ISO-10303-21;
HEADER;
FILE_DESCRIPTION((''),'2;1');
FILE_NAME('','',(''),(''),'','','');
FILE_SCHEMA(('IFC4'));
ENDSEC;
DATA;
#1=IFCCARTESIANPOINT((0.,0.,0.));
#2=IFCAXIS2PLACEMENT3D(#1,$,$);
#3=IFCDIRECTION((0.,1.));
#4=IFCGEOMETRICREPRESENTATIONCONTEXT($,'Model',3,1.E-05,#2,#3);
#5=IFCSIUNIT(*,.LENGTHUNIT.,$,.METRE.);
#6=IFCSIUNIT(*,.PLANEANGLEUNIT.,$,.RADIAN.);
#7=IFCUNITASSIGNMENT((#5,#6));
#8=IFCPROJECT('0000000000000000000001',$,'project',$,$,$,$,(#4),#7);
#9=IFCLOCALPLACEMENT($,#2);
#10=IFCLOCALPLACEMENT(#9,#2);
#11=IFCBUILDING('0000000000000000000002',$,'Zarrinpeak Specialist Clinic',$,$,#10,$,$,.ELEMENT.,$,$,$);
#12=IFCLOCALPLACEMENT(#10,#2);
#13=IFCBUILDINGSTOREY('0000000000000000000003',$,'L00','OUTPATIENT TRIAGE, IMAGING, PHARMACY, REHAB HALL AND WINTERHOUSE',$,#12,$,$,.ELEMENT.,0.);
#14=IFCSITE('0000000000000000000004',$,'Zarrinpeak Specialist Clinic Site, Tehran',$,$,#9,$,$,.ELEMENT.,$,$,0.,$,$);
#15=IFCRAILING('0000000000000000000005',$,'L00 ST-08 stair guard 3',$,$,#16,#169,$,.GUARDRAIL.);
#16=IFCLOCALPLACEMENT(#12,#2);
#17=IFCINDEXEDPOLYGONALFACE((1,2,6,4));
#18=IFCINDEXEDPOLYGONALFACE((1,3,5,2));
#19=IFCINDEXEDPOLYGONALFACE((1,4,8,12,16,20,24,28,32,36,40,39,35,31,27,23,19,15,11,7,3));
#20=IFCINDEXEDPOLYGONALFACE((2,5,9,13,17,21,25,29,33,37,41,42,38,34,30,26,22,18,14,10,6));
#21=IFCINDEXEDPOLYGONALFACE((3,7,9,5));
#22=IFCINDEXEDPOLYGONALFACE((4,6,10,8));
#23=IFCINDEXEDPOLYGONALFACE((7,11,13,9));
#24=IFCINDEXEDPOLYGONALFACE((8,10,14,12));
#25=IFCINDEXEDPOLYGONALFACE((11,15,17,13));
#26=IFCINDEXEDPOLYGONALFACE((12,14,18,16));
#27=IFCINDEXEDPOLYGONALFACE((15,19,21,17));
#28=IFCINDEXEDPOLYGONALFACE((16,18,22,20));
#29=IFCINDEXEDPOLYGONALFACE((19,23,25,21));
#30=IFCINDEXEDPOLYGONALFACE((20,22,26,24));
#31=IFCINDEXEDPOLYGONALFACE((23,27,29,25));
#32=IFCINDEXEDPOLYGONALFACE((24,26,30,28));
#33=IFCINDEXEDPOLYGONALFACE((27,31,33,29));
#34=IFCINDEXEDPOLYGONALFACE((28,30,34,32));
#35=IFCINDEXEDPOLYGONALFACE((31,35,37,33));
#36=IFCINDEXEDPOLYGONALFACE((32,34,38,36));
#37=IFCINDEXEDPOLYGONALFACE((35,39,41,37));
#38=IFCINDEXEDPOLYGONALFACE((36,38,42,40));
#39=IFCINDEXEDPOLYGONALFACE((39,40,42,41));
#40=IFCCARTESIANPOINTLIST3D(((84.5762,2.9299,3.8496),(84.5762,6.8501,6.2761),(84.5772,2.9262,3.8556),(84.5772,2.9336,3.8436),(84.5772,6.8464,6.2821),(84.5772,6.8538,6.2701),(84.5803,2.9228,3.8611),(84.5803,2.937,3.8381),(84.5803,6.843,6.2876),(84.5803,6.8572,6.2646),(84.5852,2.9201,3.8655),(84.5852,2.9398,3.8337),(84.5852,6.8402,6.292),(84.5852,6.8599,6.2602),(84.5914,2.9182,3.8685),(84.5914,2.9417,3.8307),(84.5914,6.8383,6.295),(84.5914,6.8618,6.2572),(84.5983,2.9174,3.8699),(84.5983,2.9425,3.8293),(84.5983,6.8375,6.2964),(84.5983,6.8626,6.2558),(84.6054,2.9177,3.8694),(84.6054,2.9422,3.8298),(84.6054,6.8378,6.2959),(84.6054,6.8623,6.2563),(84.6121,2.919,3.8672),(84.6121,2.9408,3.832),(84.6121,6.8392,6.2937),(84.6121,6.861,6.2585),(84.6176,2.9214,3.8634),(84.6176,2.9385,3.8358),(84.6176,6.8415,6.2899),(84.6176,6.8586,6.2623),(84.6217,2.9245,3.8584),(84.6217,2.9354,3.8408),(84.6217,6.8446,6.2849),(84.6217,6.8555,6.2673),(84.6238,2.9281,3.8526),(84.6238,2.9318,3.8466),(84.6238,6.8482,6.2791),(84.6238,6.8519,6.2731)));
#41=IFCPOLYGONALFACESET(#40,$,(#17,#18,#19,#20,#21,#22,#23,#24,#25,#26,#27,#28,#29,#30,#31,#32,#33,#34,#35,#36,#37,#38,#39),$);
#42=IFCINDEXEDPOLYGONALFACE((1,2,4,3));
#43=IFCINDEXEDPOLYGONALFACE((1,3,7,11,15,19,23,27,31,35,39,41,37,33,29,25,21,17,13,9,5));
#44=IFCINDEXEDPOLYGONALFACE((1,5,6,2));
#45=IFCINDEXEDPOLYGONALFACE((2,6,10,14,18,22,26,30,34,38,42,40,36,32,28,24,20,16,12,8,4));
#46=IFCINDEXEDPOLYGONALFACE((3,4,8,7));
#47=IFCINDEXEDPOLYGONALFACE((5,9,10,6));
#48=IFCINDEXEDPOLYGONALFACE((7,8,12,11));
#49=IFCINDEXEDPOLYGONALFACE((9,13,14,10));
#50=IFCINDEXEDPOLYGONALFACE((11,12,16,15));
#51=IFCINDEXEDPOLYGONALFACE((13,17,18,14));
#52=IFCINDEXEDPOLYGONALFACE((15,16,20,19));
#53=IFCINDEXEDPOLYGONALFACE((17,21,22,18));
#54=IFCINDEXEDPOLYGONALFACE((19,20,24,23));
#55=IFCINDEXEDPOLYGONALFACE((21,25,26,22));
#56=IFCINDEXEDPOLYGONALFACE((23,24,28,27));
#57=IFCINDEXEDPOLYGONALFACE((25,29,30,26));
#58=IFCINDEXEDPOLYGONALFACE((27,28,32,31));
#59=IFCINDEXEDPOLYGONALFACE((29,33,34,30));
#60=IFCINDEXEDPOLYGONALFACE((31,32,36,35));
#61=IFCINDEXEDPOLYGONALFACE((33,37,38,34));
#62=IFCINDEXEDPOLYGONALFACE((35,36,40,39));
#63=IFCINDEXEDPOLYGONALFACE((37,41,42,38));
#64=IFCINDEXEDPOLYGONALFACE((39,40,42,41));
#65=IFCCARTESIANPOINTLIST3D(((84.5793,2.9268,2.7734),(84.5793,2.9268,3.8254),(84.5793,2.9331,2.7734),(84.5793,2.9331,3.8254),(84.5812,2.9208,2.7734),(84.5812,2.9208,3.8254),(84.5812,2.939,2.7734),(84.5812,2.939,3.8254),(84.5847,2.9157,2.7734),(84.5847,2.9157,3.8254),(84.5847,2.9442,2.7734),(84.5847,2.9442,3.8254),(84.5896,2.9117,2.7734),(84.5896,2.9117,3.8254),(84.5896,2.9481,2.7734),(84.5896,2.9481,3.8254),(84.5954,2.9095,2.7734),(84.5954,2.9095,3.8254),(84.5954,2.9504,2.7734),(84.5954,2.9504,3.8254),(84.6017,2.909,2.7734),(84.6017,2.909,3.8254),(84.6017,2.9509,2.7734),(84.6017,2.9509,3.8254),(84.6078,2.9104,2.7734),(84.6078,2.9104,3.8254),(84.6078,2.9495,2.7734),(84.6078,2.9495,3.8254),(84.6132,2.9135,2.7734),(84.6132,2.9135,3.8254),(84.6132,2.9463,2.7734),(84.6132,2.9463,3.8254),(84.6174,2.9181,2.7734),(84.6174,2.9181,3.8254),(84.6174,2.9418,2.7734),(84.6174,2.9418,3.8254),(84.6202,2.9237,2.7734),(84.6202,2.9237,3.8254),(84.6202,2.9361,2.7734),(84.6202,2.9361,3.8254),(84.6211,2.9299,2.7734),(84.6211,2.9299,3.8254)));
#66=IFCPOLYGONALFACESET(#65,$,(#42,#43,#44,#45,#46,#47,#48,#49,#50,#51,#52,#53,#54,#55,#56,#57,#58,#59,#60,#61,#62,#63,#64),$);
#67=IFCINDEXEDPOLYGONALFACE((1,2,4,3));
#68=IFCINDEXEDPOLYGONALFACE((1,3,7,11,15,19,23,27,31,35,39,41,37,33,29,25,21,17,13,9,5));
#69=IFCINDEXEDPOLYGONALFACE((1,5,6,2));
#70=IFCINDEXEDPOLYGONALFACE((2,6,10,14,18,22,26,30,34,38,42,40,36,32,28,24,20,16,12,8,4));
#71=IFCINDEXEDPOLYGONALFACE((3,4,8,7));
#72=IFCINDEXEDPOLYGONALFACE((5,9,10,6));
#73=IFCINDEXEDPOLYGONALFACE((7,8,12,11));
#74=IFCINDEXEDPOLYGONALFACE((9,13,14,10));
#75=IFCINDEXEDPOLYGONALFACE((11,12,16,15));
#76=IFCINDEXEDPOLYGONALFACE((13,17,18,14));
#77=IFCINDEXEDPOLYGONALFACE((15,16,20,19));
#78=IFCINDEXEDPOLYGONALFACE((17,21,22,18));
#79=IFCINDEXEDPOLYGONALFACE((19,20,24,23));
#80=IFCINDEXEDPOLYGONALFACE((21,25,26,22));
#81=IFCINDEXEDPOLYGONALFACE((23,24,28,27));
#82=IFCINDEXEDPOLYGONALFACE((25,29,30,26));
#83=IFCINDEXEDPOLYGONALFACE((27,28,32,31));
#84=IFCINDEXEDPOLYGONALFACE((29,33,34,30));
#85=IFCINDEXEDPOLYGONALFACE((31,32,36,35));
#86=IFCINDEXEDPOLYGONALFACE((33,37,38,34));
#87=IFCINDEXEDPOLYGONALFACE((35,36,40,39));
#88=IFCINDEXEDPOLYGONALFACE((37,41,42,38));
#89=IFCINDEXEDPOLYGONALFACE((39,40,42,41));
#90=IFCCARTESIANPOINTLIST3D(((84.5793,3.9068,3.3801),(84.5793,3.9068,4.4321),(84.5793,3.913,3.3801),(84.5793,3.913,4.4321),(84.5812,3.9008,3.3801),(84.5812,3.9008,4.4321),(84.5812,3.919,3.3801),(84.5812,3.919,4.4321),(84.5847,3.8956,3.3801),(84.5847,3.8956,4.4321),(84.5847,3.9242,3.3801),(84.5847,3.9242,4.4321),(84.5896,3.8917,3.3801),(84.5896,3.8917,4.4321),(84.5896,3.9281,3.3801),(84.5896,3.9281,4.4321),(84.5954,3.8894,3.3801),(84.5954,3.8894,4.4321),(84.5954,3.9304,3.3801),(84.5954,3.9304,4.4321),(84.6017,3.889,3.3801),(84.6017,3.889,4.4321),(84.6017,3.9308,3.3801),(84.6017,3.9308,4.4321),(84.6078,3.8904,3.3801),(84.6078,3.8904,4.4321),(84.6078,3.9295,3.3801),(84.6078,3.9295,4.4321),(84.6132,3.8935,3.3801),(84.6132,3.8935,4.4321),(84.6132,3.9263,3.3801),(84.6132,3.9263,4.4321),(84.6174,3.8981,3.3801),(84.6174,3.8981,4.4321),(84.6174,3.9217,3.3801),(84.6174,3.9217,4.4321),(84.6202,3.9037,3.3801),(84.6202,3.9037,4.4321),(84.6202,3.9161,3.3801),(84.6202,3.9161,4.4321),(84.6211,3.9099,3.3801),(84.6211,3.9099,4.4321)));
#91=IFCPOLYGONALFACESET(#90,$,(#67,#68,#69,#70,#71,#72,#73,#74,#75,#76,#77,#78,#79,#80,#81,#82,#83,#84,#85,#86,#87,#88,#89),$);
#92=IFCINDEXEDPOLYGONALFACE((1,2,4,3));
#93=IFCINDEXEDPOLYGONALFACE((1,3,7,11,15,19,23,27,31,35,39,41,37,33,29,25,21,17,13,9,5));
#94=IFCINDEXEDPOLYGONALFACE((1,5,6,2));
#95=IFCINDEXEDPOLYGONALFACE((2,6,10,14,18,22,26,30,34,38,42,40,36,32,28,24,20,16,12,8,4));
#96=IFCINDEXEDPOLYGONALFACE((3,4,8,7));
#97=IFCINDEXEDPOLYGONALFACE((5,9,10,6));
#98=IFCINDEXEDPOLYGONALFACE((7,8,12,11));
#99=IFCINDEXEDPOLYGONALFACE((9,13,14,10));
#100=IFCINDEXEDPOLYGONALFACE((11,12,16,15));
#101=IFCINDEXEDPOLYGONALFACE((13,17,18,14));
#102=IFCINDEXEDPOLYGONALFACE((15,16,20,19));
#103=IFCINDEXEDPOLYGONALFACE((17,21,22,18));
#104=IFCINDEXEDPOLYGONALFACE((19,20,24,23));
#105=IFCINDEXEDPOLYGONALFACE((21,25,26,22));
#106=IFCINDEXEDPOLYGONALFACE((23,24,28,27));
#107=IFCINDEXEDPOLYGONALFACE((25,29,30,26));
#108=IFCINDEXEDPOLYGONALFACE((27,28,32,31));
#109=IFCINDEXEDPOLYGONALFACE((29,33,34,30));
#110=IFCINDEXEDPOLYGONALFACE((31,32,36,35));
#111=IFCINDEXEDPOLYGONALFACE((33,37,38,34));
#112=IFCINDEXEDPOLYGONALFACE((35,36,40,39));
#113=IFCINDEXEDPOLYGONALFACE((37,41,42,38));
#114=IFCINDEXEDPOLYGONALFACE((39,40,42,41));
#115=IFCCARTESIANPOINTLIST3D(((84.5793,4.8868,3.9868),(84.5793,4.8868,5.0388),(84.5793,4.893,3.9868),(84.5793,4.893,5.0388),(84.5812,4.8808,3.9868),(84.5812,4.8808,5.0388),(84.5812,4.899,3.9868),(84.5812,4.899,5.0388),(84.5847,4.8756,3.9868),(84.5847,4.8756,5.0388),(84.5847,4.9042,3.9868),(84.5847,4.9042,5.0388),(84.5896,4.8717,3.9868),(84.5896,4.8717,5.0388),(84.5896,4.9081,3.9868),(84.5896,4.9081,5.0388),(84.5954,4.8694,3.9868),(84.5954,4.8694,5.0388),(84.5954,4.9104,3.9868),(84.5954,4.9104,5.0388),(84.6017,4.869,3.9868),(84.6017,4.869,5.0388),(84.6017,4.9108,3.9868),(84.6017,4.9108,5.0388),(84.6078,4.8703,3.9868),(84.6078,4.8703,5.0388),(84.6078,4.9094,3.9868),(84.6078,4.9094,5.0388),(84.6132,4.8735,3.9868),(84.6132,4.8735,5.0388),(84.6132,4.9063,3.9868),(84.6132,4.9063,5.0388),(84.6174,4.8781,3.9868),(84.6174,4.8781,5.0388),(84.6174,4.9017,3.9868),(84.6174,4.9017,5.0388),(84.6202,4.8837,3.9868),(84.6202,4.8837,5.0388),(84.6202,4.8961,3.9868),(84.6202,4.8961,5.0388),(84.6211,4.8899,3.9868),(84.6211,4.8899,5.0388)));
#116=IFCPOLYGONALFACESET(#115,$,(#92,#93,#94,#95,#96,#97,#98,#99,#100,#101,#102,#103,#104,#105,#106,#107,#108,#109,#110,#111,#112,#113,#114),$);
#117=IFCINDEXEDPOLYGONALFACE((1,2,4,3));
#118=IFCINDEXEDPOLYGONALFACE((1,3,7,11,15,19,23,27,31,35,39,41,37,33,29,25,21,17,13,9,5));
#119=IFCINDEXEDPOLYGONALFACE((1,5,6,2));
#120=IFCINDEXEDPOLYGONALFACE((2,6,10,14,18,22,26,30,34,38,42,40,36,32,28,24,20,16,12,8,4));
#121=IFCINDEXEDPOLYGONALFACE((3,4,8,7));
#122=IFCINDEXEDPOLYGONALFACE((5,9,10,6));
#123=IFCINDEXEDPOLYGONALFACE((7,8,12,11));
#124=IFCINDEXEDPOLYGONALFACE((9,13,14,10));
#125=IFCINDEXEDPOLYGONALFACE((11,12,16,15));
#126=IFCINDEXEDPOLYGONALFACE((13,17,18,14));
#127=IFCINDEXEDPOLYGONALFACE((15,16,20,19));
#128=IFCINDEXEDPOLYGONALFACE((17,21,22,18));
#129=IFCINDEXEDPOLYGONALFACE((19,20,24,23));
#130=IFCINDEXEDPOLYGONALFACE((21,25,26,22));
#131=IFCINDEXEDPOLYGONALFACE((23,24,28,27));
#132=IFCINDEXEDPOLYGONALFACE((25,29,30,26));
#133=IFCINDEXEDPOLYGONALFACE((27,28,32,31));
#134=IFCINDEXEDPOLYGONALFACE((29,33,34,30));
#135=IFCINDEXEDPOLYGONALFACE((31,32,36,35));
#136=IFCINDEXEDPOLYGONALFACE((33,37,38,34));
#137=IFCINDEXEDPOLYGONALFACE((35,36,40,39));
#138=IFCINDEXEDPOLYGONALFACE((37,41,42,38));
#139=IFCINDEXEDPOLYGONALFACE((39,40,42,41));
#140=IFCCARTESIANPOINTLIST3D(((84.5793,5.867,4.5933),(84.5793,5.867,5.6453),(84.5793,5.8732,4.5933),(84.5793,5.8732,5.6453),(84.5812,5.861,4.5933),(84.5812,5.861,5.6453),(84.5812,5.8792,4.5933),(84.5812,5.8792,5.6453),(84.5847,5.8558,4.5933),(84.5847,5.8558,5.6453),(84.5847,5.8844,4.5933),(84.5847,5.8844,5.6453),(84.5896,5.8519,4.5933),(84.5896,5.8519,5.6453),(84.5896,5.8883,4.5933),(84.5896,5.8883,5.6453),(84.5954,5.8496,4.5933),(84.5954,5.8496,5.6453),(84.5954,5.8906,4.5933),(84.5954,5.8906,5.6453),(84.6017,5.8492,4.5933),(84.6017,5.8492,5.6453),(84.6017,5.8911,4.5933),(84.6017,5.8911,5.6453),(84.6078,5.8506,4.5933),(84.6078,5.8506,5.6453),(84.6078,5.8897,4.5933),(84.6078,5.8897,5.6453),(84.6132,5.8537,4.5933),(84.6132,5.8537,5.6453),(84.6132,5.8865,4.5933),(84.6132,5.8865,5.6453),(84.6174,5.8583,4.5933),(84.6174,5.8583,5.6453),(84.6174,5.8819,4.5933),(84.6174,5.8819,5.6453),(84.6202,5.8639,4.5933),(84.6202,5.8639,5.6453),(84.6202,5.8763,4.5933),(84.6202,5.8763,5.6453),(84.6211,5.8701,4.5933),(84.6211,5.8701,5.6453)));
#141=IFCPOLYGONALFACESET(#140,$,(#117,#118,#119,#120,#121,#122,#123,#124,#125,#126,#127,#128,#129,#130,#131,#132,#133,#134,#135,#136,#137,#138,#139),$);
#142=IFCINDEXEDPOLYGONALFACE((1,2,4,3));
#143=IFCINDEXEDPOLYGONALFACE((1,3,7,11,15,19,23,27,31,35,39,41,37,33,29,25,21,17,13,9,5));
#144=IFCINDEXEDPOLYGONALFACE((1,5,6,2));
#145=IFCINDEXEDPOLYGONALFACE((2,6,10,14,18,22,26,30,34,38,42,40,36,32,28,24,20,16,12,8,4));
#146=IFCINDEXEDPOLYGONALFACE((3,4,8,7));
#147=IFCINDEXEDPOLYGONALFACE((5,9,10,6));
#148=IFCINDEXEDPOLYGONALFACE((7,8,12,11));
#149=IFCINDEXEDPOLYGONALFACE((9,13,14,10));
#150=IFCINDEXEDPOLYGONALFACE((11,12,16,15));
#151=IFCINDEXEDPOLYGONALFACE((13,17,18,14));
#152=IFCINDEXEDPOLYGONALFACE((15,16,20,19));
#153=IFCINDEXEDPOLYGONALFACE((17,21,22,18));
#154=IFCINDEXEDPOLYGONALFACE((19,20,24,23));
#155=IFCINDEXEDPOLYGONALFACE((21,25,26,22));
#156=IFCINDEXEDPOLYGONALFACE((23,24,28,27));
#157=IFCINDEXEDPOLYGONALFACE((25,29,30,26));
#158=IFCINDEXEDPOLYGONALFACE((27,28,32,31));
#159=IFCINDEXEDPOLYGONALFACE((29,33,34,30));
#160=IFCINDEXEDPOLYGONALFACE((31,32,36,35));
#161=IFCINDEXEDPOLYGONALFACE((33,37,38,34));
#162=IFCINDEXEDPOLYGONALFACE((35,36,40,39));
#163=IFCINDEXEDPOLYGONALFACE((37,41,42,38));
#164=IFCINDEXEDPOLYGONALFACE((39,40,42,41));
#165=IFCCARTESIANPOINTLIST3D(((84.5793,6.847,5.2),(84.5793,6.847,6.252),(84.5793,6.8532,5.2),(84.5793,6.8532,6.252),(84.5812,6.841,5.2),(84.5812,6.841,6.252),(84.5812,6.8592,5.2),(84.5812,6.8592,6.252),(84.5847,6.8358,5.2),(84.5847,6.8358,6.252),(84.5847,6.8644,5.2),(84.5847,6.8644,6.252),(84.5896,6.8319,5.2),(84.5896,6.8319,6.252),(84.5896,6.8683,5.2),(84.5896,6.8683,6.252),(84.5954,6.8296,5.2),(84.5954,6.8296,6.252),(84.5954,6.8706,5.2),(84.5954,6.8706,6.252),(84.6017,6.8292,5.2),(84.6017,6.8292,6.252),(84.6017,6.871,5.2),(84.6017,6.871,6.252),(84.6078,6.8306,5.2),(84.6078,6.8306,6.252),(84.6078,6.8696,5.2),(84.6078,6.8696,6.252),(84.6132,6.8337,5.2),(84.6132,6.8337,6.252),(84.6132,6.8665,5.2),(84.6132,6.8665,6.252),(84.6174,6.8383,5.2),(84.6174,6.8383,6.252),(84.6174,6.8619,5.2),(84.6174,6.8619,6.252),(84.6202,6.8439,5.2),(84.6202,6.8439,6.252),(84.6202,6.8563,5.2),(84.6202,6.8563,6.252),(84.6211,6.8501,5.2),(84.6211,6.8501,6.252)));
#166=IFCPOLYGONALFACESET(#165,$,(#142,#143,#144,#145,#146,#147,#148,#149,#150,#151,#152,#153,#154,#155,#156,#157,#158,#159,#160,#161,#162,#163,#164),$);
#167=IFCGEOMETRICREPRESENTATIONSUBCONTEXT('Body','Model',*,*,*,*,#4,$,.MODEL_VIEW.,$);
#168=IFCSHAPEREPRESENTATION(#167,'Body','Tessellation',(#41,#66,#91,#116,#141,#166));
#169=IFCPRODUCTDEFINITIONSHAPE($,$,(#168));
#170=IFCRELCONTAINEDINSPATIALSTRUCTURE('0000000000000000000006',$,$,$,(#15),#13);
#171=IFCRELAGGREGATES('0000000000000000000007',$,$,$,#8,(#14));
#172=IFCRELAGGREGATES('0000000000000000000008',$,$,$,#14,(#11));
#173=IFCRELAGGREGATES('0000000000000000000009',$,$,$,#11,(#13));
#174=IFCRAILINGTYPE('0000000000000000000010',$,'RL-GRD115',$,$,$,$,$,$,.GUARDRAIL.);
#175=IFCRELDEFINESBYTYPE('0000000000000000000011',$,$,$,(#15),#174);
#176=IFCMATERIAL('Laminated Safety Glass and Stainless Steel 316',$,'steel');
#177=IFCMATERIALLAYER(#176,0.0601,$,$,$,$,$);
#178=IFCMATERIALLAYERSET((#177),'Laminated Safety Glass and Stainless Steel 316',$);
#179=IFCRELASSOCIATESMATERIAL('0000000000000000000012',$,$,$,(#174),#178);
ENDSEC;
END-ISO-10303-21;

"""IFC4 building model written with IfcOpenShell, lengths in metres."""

from ifc_helpers import new_model, si_unit, direction, frame, origin, origin_2d, place, context, subcontext, project, spatial, circle, extrude, material, layer, layer_set, type_object, element, save


model = new_model("IFC4")

# Units and contexts
model_context = context("Model", 3, precision=1e-05, world=origin(), true_north=direction((0.0, 1.0)))
body_context = subcontext(model_context, "Body", "Model", "MODEL_VIEW")
ifc_project = project(units=[si_unit("LENGTHUNIT", "METRE"), si_unit("PLANEANGLEUNIT", "RADIAN")], contexts=[model_context])

# Site, building, storey
site_placement = place(None, origin())
site = spatial("IfcSite", under=ifc_project, at=site_placement, Name="Zarrinpeak Specialist Clinic Site, Tehran", CompositionType="ELEMENT", RefElevation=0.0)
building_placement = place(site_placement, origin())
building = spatial("IfcBuilding", under=site, at=building_placement, Name="Zarrinpeak Specialist Clinic", CompositionType="ELEMENT")
storey_placement = place(building_placement, origin())
storey = spatial("IfcBuildingStorey", under=building, at=storey_placement, Name="L00", Description="OUTPATIENT TRIAGE, IMAGING, PHARMACY, REHAB HALL AND WINTERHOUSE", CompositionType="ELEMENT", Elevation=0.0)

# Railing
ifc_material_1 = material(Name="Laminated Safety Glass and Stainless Steel 316", Category="steel")
ifc_layer_1 = layer(ifc_material_1, 0.0601)
ifc_layer_set_1 = layer_set([ifc_layer_1], Name="Laminated Safety Glass and Stainless Steel 316")
railing_type_1 = type_object("IfcRailingType", Name="RL-GRD115", PredefinedType="GUARDRAIL", material=ifc_layer_set_1)
railing_1_placement = place(storey_placement, frame((84.6001, 2.9299, 2.7734)))
element("IfcRailing", 1, at=railing_1_placement, inside=storey, type_object=railing_type_1, Name="L00 ST-08 stair guard 3", PredefinedType="GUARDRAIL", context=body_context, shape_type="SweptSolid", body=[
    extrude(circle(Radius=0.0239, at=origin_2d()), frame((0.0, 0.0, 1.0762), z_axis=(0.0, 0.85029, 0.526315), x_axis=(-1.0, 0.0, 0.0)), (0.0, 0.0, 1.0), 4.6104),
    extrude(circle(Radius=0.021, at=origin_2d()), origin(), (0.0, 0.0, 1.0), 1.052),
    extrude(circle(Radius=0.021, at=origin_2d()), frame((0.0, 0.98, 0.6067)), (0.0, 0.0, 1.0), 1.052),
    extrude(circle(Radius=0.021, at=origin_2d()), frame((0.0, 1.96, 1.2134)), (0.0, 0.0, 1.0), 1.052),
    extrude(circle(Radius=0.021, at=origin_2d()), frame((0.0, 2.9402, 1.8198)), (0.0, 0.0, 1.0), 1.052),
    extrude(circle(Radius=0.021, at=origin_2d()), frame((0.0, 3.9202, 2.4265)), (0.0, 0.0, 1.0), 1.052),
])

save(model, "model.ifc")
